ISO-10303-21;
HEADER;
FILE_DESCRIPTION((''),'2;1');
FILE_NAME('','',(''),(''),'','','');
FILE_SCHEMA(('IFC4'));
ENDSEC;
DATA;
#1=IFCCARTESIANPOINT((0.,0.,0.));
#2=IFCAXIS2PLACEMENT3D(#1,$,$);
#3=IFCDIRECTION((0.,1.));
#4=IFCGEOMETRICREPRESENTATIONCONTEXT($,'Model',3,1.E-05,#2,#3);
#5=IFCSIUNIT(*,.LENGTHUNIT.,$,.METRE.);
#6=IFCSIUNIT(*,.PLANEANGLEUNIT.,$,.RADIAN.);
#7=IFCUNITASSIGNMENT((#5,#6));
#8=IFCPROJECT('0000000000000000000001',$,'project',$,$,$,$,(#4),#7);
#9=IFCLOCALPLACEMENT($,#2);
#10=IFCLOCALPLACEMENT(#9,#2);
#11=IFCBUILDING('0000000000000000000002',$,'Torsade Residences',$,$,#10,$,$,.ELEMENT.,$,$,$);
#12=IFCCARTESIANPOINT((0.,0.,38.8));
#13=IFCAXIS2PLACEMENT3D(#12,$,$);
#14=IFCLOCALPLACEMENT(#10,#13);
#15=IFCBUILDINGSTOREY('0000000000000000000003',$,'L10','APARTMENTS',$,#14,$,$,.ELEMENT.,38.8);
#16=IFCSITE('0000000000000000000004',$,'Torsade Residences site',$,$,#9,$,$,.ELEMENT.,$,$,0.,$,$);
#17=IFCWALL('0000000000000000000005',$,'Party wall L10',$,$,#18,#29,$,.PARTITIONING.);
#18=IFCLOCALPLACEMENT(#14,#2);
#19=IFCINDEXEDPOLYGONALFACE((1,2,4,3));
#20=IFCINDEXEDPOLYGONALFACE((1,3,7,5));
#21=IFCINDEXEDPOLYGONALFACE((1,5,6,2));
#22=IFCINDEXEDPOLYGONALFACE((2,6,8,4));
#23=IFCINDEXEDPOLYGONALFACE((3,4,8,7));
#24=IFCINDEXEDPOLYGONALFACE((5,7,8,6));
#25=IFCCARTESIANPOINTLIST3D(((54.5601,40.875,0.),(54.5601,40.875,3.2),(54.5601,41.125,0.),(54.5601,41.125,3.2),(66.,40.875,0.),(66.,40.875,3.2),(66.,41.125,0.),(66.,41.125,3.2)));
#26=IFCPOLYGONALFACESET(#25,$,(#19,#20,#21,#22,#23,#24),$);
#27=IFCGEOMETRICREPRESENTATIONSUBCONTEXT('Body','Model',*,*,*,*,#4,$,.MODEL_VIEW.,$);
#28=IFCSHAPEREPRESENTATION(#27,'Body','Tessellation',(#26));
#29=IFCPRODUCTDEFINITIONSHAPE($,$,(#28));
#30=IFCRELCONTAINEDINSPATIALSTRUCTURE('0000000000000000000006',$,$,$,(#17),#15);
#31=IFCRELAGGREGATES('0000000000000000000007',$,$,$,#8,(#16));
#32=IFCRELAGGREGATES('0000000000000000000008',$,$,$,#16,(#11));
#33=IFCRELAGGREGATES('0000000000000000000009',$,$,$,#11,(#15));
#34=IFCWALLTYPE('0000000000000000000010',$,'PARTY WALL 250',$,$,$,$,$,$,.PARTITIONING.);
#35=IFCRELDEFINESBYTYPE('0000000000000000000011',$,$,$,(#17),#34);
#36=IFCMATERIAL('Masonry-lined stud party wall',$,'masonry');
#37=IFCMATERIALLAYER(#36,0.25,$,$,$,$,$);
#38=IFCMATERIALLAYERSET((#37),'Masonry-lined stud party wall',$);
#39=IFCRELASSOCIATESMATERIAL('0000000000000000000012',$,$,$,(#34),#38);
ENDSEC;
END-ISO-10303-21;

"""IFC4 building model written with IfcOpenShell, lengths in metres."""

from ifc_helpers import new_model, si_unit, direction, frame, frame_2d, origin, place, context, subcontext, project, spatial, rectangle, extrude, material, layer, layer_set, type_object, element, save


model = new_model("IFC4")

# Units and contexts
model_context = context("Model", 3, precision=1e-05, world=origin(), true_north=direction((0.0, 1.0)))
body_context = subcontext(model_context, "Body", "Model", "MODEL_VIEW")
ifc_project = project(units=[si_unit("LENGTHUNIT", "METRE"), si_unit("PLANEANGLEUNIT", "RADIAN")], contexts=[model_context])

# Site, building, storey
site_placement = place(None, origin())
site = spatial("IfcSite", under=ifc_project, at=site_placement, Name="Torsade Residences site", CompositionType="ELEMENT", RefElevation=0.0)
building_placement = place(site_placement, origin())
building = spatial("IfcBuilding", under=site, at=building_placement, Name="Torsade Residences", CompositionType="ELEMENT")
storey_placement = place(building_placement, frame((0.0, 0.0, 38.8)))
storey = spatial("IfcBuildingStorey", under=building, at=storey_placement, Name="L10", Description="APARTMENTS", CompositionType="ELEMENT", Elevation=38.8)

# Wall
ifc_material_1 = material(Name="Masonry-lined stud party wall", Category="masonry")
ifc_layer_1 = layer(ifc_material_1, 0.25)
ifc_layer_set_1 = layer_set([ifc_layer_1], Name="Masonry-lined stud party wall")
wall_type = type_object("IfcWallType", Name="PARTY WALL 250", PredefinedType="PARTITIONING", material=ifc_layer_set_1)
wall_placement = place(storey_placement, frame((66.0, 41.0, 0.0), z_axis=(0.0, 0.0, 1.0), x_axis=(-1.0, 0.0, 0.0)))
element("IfcWall", 1, at=wall_placement, inside=storey, type_object=wall_type, Name="Party wall L10", PredefinedType="PARTITIONING", context=body_context, shape_type="SweptSolid", body=[
    extrude(rectangle(XDim=11.4399, YDim=0.25, at=frame_2d((5.72, 0.0))), origin(), (0.0, 0.0, 1.0), 3.2),
])

save(model, "model.ifc")
